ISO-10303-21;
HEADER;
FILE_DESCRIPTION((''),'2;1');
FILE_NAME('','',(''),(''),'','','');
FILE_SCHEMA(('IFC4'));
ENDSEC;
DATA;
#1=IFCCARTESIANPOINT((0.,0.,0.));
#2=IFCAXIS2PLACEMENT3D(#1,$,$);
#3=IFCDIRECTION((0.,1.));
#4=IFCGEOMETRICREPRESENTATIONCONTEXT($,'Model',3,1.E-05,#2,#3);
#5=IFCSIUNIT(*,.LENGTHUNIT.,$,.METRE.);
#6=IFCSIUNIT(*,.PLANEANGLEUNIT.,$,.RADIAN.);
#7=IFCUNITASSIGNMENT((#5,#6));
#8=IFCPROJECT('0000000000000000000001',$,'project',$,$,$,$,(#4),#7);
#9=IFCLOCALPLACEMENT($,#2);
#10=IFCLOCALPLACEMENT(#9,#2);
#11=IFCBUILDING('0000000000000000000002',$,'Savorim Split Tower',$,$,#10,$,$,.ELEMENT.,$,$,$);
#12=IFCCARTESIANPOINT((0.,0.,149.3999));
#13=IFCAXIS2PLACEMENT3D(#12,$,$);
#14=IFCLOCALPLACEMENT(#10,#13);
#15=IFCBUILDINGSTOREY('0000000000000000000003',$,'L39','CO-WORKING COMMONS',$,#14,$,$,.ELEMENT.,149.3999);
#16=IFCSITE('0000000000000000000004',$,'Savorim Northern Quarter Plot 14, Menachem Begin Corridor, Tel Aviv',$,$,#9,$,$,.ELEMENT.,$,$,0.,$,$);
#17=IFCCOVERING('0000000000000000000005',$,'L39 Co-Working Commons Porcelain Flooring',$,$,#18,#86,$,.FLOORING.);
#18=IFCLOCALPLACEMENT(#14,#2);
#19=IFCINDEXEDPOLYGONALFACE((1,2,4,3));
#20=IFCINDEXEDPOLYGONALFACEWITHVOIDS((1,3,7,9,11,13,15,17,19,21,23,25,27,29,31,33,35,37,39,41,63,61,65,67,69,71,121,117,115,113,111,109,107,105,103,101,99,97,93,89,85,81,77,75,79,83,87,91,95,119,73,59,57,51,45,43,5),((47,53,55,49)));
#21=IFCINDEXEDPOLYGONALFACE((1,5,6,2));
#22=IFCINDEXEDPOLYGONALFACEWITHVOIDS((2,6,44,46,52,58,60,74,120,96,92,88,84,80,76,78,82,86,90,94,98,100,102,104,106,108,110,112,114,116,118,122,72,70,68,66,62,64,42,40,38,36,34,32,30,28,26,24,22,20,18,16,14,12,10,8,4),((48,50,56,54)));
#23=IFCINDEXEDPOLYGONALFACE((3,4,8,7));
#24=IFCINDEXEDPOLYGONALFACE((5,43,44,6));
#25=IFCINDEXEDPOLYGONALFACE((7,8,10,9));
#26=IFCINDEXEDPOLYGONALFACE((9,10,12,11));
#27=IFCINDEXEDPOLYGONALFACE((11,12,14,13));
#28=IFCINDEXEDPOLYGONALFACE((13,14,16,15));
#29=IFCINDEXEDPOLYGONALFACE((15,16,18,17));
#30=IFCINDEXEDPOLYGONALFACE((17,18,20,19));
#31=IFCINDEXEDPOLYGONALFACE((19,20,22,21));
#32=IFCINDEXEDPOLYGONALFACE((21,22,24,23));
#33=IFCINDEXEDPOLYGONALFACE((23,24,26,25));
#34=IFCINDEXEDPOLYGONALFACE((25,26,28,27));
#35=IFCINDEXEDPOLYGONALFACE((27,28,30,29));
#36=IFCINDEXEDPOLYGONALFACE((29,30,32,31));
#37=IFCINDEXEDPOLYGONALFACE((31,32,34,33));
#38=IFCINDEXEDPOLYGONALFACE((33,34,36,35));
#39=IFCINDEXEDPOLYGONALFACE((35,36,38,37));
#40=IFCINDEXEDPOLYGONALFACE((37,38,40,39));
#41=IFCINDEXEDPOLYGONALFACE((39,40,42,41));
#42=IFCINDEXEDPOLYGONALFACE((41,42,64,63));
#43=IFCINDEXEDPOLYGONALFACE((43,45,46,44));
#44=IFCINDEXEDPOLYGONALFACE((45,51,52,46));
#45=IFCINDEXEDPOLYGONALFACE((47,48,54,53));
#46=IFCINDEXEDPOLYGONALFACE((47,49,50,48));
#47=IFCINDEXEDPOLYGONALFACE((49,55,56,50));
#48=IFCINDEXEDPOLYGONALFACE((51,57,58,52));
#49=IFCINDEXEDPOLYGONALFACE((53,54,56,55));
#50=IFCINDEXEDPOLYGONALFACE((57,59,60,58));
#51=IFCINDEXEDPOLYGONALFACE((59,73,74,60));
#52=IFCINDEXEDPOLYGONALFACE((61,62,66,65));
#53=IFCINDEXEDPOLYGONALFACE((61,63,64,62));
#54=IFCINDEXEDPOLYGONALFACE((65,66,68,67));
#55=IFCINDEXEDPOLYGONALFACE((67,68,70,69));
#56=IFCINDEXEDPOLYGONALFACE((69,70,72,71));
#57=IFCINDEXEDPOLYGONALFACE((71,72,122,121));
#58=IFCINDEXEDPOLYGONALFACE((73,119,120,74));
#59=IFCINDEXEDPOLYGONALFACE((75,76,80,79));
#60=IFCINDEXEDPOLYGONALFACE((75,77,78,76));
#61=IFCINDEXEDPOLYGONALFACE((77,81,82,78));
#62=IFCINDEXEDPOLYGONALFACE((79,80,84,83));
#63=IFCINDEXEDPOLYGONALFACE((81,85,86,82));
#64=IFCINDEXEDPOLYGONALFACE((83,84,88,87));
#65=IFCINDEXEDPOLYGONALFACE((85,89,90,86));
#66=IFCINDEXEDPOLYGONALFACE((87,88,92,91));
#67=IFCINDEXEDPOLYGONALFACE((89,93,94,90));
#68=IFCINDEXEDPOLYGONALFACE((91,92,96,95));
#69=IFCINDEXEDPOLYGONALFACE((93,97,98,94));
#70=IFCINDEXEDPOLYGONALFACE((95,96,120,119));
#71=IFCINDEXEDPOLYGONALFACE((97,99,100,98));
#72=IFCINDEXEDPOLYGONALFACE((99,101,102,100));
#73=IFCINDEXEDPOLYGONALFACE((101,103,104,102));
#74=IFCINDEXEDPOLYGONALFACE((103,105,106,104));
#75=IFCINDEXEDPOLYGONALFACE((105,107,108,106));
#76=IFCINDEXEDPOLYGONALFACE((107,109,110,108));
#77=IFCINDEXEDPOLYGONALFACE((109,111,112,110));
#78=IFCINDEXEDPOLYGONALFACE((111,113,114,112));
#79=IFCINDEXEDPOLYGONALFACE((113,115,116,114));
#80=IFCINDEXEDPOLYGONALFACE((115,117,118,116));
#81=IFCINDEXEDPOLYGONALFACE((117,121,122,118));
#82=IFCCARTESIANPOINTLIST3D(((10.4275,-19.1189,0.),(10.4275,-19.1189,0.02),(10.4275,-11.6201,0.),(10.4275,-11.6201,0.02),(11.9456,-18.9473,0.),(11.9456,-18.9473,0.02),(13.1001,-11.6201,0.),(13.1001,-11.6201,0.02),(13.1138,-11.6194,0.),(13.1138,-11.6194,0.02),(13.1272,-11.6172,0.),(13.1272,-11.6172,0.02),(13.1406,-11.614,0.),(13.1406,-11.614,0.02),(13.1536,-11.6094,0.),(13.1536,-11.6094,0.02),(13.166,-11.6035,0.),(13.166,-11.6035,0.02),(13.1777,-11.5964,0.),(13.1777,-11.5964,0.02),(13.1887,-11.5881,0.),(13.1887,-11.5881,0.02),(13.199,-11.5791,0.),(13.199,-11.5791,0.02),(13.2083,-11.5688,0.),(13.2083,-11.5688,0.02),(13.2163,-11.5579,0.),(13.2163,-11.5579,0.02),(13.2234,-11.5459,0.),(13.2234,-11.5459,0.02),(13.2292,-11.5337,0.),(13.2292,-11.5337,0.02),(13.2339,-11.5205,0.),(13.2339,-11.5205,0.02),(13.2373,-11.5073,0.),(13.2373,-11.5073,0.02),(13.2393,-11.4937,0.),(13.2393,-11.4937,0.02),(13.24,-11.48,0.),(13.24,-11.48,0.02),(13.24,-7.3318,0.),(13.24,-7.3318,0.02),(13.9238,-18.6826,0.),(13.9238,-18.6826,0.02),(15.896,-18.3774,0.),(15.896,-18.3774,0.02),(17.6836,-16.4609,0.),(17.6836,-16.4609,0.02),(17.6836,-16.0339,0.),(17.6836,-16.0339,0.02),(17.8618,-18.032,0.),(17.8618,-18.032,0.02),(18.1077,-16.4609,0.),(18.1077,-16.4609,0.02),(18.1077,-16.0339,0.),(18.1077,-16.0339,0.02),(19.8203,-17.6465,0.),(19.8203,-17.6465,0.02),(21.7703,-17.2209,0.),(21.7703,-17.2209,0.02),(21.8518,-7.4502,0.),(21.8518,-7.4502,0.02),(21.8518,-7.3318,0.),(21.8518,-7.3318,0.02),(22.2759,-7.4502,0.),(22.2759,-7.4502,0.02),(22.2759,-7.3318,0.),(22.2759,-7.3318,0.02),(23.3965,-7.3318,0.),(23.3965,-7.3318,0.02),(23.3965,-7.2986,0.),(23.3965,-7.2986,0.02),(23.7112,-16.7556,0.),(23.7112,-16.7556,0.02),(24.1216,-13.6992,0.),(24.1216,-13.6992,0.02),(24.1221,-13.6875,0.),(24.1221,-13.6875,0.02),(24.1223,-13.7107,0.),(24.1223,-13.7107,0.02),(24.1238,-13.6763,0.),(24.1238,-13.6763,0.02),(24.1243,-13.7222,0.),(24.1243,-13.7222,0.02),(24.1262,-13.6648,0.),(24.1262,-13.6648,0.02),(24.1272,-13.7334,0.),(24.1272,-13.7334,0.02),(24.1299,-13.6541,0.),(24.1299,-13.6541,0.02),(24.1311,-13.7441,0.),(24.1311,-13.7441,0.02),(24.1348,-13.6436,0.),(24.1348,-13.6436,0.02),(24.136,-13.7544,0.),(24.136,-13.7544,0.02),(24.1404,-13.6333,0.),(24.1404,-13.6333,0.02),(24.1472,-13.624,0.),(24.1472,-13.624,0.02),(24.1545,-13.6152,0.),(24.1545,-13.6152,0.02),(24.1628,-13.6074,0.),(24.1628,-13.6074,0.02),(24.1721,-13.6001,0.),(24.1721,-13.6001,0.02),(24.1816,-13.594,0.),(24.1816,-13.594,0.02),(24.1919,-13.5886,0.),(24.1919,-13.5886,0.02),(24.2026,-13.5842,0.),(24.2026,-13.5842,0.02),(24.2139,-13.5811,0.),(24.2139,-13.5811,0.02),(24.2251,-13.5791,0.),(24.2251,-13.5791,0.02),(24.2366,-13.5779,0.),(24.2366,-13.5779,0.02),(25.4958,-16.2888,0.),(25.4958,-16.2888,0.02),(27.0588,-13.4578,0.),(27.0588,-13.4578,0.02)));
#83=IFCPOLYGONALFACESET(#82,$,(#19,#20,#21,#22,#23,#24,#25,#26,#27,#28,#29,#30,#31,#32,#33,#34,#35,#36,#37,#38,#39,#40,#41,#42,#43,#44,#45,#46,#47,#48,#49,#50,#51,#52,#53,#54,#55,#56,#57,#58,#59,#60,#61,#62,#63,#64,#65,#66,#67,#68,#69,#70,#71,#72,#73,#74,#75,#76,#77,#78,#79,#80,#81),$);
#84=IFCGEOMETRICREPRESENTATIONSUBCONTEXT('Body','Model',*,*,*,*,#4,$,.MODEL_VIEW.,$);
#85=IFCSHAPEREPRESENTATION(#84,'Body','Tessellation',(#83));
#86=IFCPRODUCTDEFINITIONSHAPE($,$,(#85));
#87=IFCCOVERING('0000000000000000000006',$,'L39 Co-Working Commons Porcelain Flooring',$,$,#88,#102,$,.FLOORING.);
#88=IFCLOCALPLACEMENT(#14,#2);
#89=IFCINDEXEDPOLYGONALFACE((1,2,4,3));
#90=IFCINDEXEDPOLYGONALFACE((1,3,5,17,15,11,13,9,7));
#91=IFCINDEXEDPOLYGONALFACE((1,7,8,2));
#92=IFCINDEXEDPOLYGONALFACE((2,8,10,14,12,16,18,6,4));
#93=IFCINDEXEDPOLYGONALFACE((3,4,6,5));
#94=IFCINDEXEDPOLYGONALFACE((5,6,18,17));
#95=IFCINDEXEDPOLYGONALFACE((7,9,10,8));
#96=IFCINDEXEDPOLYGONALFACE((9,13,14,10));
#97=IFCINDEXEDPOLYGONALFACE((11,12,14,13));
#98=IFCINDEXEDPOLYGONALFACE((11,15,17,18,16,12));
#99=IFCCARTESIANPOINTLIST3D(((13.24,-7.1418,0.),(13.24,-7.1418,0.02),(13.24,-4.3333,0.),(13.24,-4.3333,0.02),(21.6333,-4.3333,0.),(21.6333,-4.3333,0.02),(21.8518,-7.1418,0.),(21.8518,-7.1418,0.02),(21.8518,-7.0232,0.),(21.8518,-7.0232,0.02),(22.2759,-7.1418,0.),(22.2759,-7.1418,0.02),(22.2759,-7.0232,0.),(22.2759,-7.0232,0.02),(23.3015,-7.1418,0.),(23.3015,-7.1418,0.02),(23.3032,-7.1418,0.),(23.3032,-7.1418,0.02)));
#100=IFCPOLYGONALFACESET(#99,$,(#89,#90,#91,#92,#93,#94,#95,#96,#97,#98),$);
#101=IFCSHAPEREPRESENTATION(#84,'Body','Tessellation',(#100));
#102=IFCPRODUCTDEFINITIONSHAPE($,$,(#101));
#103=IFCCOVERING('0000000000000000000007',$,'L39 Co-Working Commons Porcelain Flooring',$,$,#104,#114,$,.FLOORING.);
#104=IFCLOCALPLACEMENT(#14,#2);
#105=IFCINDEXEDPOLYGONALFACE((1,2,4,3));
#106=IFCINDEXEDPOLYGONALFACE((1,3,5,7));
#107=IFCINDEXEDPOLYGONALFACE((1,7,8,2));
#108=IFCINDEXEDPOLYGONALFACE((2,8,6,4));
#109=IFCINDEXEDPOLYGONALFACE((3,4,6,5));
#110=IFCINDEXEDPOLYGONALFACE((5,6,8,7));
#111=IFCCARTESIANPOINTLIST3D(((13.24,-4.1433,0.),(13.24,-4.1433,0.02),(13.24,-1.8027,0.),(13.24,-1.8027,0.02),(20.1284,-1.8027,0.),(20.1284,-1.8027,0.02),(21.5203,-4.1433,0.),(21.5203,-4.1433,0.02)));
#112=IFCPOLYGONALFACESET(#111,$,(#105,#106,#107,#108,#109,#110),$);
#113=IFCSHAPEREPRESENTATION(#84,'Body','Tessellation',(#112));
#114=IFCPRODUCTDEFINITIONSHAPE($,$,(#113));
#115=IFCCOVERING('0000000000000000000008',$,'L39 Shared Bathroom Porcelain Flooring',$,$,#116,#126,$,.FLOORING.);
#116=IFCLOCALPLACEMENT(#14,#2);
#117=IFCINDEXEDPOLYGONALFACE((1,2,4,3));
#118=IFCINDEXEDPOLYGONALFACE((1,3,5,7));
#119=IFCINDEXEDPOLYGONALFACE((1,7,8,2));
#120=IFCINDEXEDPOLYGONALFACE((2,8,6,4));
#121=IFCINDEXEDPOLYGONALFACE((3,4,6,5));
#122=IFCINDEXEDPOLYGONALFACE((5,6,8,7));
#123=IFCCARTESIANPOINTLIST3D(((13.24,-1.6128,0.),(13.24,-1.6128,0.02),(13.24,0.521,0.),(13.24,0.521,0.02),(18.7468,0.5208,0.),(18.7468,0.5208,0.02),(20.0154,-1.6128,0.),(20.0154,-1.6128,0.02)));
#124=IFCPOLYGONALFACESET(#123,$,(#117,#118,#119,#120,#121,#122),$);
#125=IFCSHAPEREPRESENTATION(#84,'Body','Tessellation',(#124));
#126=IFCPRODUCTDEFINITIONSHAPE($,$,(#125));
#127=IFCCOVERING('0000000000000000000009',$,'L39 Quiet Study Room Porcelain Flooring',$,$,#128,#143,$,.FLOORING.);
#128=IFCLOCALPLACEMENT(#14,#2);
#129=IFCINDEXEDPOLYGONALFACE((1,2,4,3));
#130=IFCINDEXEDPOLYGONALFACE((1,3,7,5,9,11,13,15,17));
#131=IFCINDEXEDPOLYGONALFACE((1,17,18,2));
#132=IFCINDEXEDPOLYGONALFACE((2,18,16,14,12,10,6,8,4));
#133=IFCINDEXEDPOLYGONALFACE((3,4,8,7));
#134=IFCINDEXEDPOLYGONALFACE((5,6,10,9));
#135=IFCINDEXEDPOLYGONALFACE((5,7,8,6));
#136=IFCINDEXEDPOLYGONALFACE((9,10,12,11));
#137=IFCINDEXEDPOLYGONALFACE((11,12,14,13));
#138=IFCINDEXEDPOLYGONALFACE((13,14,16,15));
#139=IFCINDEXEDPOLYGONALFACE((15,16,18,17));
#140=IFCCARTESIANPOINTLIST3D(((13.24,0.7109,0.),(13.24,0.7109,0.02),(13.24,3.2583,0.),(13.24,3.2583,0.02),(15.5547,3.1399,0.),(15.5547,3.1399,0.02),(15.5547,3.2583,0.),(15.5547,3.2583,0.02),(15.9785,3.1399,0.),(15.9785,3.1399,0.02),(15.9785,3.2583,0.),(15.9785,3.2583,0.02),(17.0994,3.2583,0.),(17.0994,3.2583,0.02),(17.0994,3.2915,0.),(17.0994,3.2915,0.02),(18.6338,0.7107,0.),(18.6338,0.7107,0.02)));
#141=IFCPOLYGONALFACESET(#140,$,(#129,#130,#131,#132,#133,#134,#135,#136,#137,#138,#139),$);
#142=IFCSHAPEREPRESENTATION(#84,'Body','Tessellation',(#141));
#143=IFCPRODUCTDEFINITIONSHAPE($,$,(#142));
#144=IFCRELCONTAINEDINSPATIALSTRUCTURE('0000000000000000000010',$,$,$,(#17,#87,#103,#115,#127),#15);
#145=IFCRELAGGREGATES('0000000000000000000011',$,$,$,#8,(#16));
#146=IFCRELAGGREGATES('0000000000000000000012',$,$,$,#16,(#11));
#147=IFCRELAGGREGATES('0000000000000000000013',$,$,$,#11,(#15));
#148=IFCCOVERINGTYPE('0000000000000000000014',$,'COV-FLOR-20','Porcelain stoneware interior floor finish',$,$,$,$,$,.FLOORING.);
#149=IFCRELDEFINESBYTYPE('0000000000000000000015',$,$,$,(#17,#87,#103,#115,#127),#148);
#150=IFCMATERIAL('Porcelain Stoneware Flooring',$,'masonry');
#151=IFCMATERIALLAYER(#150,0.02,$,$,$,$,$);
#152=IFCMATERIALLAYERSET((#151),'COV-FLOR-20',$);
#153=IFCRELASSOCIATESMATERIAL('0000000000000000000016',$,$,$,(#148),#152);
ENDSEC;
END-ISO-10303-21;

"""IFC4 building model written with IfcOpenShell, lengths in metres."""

from ifc_helpers import new_model, si_unit, direction, frame, origin, place, context, subcontext, project, spatial, polyline, outline, extrude, material, layer, layer_set, type_object, element, save


model = new_model("IFC4")

# Units and contexts
model_context = context("Model", 3, precision=1e-05, world=origin(), true_north=direction((0.0, 1.0)))
body_context = subcontext(model_context, "Body", "Model", "MODEL_VIEW")
ifc_project = project(units=[si_unit("LENGTHUNIT", "METRE"), si_unit("PLANEANGLEUNIT", "RADIAN")], contexts=[model_context])

# Site, building, storey
site_placement = place(None, origin())
site = spatial("IfcSite", under=ifc_project, at=site_placement, Name="Savorim Northern Quarter Plot 14, Menachem Begin Corridor, Tel Aviv", CompositionType="ELEMENT", RefElevation=0.0)
building_placement = place(site_placement, origin())
building = spatial("IfcBuilding", under=site, at=building_placement, Name="Savorim Split Tower", CompositionType="ELEMENT")
storey_placement = place(building_placement, frame((0.0, 0.0, 149.3999)))
storey = spatial("IfcBuildingStorey", under=building, at=storey_placement, Name="L39", Description="CO-WORKING COMMONS", CompositionType="ELEMENT", Elevation=149.3999)

# Coverings
ifc_material_1 = material(Name="Porcelain Stoneware Flooring", Category="masonry")
ifc_layer_1 = layer(ifc_material_1, 0.02)
ifc_layer_set_1 = layer_set([ifc_layer_1], Name="COV-FLOR-20")
covering_type_1 = type_object("IfcCoveringType", Name="COV-FLOR-20", Description="Porcelain stoneware interior floor finish", PredefinedType="FLOORING", material=ifc_layer_set_1)
covering_1_placement = place(storey_placement, origin())
element("IfcCovering", 1, at=covering_1_placement, inside=storey, type_object=covering_type_1, Name="L39 Co-Working Commons Porcelain Flooring", PredefinedType="FLOORING", context=body_context, shape_type="SweptSolid", body=[
    extrude(outline(polyline([(24.2139, -13.5811), (24.2251, -13.5791), (24.2366, -13.5779), (27.0588, -13.4578), (23.3965, -7.2986), (23.3965, -7.3318), (22.2759, -7.3318), (22.2759, -7.4502), (21.8518, -7.4502), (21.8518, -7.3318), (13.24, -7.3318), (13.24, -11.48), (13.2393, -11.4937), (13.2373, -11.5073), (13.2339, -11.5205), (13.2292, -11.5337), (13.2234, -11.5459), (13.2163, -11.5579), (13.2083, -11.5688), (13.199, -11.5791), (13.1887, -11.5881), (13.1777, -11.5964), (13.166, -11.6035), (13.1536, -11.6094), (13.1406, -11.614), (13.1272, -11.6172), (13.1138, -11.6194), (13.1001, -11.6201), (10.4275, -11.6201), (10.4275, -19.1189), (11.9456, -18.9473), (13.9238, -18.6826), (15.896, -18.3774), (17.8618, -18.032), (19.8203, -17.6465), (21.7703, -17.2209), (23.7112, -16.7556), (25.4958, -16.2888), (24.136, -13.7544), (24.1311, -13.7441), (24.1272, -13.7334), (24.1243, -13.7222), (24.1223, -13.7107), (24.1216, -13.6992), (24.1221, -13.6875), (24.1238, -13.6763), (24.1262, -13.6648), (24.1299, -13.6541), (24.1348, -13.6436), (24.1404, -13.6333), (24.1472, -13.624), (24.1545, -13.6152), (24.1628, -13.6074), (24.1721, -13.6001), (24.1816, -13.594), (24.1919, -13.5886), (24.2026, -13.5842), (24.2139, -13.5811)]), holes=[polyline([(18.1077, -16.4609), (18.1077, -16.0339), (17.6836, -16.0339), (17.6836, -16.4609), (18.1077, -16.4609)])]), origin(), (0.0, 0.0, 1.0), 0.02),
])
covering_2_placement = place(storey_placement, origin())
element("IfcCovering", 2, at=covering_2_placement, inside=storey, type_object=covering_type_1, Name="L39 Co-Working Commons Porcelain Flooring", PredefinedType="FLOORING", context=body_context, shape_type="SweptSolid", body=[
    extrude(outline(polyline([(22.2759, -7.0232), (22.2759, -7.1418), (23.3015, -7.1418), (23.3032, -7.1418), (21.6333, -4.3333), (13.24, -4.3333), (13.24, -7.1418), (21.8518, -7.1418), (21.8518, -7.0232), (22.2759, -7.0232)])), origin(), (0.0, 0.0, 1.0), 0.02),
])
covering_3_placement = place(storey_placement, origin())
element("IfcCovering", 3, at=covering_3_placement, inside=storey, type_object=covering_type_1, Name="L39 Co-Working Commons Porcelain Flooring", PredefinedType="FLOORING", context=body_context, shape_type="SweptSolid", body=[
    extrude(outline(polyline([(21.5203, -4.1433), (20.1284, -1.8027), (13.24, -1.8027), (13.24, -4.1433), (21.5203, -4.1433)])), origin(), (0.0, 0.0, 1.0), 0.02),
])
covering_4_placement = place(storey_placement, origin())
element("IfcCovering", 4, at=covering_4_placement, inside=storey, type_object=covering_type_1, Name="L39 Shared Bathroom Porcelain Flooring", PredefinedType="FLOORING", context=body_context, shape_type="SweptSolid", body=[
    extrude(outline(polyline([(20.0154, -1.6128), (18.7468, 0.5208), (13.24, 0.521), (13.24, -1.6128), (20.0154, -1.6128)])), origin(), (0.0, 0.0, 1.0), 0.02),
])
covering_5_placement = place(storey_placement, origin())
element("IfcCovering", 5, at=covering_5_placement, inside=storey, type_object=covering_type_1, Name="L39 Quiet Study Room Porcelain Flooring", PredefinedType="FLOORING", context=body_context, shape_type="SweptSolid", body=[
    extrude(outline(polyline([(15.5547, 3.1399), (15.5547, 3.2583), (13.24, 3.2583), (13.24, 0.7109), (18.6338, 0.7107), (17.0994, 3.2915), (17.0994, 3.2583), (15.9785, 3.2583), (15.9785, 3.1399), (15.5547, 3.1399)])), origin(), (0.0, 0.0, 1.0), 0.02),
])

save(model, "model.ifc")
